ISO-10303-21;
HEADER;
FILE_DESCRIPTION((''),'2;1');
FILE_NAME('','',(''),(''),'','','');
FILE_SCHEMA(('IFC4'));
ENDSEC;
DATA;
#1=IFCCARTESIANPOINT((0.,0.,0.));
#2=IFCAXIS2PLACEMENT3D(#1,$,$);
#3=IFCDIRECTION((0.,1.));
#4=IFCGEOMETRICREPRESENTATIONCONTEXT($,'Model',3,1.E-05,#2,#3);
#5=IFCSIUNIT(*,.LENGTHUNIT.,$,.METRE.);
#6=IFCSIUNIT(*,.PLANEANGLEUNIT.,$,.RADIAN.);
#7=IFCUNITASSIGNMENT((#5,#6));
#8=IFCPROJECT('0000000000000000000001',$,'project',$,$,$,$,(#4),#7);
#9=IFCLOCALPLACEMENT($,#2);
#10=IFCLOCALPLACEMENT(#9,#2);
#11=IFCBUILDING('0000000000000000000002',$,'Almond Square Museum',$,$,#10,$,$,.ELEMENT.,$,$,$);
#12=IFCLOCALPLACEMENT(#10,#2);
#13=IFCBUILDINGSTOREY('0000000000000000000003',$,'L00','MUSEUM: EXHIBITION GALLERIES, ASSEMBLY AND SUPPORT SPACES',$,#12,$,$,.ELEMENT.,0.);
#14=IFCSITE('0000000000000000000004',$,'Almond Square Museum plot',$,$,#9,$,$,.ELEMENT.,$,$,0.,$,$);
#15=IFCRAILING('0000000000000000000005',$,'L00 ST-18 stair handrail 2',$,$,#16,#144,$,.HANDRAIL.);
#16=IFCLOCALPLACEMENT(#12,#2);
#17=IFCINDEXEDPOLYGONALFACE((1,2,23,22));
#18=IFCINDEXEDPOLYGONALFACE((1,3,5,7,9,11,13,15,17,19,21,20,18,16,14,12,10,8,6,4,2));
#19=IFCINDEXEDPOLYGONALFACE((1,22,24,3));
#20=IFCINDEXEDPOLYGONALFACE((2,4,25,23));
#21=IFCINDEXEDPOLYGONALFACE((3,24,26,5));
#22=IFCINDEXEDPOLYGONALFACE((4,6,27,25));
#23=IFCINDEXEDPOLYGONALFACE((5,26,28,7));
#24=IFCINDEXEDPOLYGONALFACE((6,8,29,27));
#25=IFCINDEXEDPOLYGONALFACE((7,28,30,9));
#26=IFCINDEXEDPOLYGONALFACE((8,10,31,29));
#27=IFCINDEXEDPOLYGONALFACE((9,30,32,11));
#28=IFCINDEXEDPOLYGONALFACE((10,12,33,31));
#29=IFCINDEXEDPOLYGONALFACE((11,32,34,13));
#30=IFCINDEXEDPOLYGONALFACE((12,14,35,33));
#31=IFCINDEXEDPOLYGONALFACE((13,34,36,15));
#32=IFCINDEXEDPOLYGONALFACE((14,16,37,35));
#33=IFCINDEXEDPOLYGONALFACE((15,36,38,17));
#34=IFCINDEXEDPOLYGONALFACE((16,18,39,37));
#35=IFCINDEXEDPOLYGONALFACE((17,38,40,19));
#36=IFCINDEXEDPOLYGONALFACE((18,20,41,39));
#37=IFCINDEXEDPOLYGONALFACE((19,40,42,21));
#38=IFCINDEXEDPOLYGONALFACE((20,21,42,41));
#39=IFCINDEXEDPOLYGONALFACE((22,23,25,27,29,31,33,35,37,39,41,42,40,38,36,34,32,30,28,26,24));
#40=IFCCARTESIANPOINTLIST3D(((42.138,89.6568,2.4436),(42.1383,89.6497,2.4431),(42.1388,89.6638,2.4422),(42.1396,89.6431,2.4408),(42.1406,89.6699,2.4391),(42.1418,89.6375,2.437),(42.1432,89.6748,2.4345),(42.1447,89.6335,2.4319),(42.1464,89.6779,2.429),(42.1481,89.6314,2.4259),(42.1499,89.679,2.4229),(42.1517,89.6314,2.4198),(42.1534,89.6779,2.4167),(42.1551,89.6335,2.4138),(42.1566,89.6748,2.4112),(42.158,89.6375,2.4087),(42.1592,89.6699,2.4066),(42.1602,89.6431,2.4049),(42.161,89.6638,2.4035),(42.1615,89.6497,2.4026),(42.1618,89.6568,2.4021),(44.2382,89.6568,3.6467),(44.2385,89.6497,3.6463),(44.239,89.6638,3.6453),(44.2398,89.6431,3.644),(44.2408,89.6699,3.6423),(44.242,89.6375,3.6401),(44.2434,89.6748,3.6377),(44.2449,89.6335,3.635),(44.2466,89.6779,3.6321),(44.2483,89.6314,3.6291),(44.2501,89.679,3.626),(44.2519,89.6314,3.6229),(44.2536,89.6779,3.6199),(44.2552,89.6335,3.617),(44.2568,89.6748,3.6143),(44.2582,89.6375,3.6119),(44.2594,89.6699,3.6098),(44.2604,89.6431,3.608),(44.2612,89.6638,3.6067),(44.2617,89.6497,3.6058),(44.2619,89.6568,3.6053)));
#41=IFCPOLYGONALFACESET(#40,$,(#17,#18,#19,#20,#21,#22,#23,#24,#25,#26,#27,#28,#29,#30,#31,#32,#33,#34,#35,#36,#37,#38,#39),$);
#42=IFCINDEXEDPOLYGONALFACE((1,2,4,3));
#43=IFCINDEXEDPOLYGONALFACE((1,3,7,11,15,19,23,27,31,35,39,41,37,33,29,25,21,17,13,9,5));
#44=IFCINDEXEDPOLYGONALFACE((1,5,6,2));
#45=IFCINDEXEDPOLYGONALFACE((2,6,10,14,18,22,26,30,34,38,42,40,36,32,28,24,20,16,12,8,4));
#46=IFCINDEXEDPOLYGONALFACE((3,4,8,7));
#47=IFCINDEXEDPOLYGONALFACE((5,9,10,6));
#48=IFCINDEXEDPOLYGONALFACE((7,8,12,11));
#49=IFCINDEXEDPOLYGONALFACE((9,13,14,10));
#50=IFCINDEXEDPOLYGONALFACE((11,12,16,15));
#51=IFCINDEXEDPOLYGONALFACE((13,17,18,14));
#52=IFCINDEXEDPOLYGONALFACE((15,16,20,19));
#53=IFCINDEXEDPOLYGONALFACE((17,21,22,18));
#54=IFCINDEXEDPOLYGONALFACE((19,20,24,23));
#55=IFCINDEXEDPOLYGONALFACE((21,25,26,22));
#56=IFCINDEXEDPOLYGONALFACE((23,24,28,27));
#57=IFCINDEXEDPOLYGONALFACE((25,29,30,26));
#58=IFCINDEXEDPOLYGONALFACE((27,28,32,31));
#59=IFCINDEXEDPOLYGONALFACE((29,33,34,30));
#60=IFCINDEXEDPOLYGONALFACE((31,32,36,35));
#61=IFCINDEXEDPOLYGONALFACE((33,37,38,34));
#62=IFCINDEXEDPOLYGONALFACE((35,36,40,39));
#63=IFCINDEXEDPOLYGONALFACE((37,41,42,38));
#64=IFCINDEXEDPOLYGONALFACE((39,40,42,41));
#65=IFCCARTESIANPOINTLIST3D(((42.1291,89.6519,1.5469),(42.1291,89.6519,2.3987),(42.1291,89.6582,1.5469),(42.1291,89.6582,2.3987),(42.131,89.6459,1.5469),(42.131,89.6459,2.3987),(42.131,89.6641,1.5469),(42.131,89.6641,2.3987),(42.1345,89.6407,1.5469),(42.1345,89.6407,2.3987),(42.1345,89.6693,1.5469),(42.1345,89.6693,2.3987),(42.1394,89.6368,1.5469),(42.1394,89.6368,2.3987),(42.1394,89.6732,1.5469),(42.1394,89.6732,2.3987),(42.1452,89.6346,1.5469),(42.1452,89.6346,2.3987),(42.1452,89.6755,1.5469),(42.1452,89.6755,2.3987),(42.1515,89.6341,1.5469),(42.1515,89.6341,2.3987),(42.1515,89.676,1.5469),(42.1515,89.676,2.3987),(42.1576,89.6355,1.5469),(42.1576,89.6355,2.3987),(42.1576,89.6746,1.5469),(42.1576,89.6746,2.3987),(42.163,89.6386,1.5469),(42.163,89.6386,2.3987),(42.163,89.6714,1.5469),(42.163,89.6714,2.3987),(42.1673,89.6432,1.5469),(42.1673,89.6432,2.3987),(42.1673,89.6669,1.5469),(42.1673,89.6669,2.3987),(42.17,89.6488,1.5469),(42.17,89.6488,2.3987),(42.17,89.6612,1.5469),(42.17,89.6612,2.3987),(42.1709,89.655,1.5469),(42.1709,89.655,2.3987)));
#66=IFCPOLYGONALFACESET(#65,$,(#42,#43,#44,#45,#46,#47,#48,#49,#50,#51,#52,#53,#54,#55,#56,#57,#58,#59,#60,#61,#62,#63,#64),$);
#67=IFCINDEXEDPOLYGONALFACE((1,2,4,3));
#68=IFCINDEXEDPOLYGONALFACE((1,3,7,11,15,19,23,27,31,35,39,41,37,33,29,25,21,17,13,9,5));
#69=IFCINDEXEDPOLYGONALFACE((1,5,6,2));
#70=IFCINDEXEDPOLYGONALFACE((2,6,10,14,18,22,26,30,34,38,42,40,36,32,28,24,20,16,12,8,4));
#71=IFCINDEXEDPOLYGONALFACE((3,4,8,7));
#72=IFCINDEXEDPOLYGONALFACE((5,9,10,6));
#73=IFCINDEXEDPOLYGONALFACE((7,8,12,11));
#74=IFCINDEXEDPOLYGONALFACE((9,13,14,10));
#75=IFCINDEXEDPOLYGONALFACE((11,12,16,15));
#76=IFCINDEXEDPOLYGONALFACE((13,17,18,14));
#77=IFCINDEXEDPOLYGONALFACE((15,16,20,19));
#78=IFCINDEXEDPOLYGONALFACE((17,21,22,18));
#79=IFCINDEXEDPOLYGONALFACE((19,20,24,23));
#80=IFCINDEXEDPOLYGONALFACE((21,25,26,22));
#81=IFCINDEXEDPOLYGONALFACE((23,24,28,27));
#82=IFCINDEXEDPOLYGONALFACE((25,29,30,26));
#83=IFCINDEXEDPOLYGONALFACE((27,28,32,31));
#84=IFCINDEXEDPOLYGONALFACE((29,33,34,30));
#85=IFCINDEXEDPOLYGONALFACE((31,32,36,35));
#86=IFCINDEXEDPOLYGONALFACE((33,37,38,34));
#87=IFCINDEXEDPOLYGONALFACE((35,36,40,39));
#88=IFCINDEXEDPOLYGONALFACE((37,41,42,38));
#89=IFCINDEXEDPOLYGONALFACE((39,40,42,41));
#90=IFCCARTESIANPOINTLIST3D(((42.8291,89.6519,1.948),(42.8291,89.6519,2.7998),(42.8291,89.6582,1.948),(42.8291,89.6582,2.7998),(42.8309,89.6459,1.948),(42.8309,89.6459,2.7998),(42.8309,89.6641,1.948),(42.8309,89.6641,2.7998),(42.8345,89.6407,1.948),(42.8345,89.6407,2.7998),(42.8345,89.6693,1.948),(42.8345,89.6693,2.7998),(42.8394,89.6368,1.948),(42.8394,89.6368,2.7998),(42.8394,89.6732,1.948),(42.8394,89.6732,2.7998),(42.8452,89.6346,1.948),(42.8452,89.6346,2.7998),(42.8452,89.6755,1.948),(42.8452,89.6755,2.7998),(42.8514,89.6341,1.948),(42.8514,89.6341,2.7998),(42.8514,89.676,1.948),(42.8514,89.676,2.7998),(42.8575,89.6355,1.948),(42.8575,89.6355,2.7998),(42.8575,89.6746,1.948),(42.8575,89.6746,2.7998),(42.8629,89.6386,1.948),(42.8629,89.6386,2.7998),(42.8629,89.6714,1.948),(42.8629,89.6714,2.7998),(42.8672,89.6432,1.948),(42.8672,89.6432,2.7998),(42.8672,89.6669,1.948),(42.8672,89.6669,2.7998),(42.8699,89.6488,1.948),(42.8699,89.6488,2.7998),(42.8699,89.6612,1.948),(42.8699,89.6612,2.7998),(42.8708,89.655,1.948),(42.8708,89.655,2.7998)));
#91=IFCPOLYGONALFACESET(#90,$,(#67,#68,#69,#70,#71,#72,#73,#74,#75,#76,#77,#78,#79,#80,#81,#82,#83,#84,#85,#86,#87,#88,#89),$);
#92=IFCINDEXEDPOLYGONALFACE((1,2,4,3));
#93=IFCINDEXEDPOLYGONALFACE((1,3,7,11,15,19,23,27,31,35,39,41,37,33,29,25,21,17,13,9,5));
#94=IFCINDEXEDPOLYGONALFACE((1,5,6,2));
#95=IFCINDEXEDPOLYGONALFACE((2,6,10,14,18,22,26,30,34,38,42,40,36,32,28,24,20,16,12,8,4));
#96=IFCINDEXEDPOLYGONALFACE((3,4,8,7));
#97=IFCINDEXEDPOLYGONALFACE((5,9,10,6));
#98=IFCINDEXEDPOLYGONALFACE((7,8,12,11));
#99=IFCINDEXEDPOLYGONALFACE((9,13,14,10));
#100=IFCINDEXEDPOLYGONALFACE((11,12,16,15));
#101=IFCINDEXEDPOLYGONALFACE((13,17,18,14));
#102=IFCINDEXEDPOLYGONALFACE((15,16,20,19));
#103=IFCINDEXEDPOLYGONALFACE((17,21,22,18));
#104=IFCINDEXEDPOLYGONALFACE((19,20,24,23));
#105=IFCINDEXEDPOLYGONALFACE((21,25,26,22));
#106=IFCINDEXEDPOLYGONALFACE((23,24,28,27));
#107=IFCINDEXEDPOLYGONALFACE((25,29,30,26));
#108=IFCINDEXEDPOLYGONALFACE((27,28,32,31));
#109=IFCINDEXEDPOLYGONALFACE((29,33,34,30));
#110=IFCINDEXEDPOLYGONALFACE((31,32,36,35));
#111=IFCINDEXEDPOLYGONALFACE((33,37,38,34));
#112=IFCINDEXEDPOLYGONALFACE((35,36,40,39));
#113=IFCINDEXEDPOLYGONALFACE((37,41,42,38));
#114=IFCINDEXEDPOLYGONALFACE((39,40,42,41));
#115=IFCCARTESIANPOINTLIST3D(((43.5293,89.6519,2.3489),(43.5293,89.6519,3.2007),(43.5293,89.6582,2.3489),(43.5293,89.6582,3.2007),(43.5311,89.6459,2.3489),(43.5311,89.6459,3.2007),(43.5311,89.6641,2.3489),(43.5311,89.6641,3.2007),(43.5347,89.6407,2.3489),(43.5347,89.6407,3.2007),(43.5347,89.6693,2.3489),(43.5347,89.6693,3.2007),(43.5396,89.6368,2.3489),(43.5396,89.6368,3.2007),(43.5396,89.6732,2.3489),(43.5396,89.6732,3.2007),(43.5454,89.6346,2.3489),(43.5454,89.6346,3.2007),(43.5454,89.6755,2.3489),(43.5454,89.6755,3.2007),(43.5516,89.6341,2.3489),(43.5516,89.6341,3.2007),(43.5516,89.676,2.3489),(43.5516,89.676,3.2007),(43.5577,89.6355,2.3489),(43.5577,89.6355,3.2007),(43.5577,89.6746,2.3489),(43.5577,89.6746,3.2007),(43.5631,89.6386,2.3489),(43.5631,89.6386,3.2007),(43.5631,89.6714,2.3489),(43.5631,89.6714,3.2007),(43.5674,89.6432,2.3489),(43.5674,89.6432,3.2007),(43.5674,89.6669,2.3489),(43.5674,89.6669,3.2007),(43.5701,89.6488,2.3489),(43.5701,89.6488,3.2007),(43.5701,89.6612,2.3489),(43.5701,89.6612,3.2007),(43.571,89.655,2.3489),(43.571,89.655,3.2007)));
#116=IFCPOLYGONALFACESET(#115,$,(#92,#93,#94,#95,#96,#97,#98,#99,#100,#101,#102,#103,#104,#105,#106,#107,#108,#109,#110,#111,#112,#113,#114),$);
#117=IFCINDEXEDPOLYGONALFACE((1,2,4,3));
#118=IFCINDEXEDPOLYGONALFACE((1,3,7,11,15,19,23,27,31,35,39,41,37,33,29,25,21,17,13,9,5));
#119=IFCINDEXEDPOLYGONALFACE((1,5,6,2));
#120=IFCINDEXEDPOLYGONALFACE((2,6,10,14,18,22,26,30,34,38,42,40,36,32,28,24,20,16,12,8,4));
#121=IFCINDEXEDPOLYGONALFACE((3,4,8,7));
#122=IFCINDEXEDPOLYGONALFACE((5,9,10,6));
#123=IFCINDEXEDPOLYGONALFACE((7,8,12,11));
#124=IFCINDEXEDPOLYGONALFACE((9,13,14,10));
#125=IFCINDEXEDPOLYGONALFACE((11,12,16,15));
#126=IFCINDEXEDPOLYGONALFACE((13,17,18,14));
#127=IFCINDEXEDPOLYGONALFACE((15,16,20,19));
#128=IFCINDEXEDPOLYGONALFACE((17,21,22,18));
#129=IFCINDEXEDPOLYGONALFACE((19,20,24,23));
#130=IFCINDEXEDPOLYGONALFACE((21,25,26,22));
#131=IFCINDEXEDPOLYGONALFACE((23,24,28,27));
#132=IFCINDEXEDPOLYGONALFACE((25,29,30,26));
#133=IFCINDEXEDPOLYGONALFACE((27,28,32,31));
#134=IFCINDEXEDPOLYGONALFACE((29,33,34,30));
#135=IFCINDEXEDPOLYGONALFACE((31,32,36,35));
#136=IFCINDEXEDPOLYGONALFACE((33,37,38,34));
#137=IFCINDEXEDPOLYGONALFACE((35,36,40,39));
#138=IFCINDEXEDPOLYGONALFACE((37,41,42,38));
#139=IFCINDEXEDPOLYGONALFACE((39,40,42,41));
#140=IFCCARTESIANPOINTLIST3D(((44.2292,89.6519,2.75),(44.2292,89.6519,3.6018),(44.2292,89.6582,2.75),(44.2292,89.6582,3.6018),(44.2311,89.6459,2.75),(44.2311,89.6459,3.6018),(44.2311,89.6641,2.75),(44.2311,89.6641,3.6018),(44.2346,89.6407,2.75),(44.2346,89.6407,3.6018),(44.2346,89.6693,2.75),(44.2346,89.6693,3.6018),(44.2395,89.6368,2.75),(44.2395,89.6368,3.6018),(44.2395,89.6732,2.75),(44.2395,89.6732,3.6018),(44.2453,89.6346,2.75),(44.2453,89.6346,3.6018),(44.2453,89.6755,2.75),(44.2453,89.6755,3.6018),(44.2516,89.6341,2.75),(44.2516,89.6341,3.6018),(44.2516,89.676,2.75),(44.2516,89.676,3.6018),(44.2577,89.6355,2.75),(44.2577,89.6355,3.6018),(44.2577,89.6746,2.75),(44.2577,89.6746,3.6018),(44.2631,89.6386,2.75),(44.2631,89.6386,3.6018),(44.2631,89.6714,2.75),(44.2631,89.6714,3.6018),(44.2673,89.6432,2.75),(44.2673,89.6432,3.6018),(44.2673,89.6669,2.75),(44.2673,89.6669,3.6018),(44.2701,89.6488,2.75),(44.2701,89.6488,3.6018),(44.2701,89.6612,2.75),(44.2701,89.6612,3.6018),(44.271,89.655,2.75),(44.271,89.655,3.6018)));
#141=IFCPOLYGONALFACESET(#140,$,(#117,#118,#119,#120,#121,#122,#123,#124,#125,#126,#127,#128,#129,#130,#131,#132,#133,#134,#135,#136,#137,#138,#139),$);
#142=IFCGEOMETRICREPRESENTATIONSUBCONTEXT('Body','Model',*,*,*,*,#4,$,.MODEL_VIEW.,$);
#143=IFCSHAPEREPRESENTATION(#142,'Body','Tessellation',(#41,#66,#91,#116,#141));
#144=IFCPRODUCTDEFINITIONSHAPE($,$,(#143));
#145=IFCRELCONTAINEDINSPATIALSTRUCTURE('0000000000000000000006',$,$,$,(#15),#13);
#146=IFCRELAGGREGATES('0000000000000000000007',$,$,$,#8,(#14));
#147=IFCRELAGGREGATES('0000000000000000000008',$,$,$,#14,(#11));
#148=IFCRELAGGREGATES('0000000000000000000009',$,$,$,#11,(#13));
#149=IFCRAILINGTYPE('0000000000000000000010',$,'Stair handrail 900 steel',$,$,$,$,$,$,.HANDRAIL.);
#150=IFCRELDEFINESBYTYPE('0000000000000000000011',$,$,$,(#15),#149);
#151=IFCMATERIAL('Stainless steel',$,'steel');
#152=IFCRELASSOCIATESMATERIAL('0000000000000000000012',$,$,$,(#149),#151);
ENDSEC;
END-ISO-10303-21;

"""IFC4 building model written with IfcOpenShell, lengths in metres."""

from ifc_helpers import new_model, si_unit, direction, frame, origin, origin_2d, place, context, subcontext, project, spatial, circle, extrude, material, type_object, element, save


model = new_model("IFC4")

# Units and contexts
model_context = context("Model", 3, precision=1e-05, world=origin(), true_north=direction((0.0, 1.0)))
body_context = subcontext(model_context, "Body", "Model", "MODEL_VIEW")
ifc_project = project(units=[si_unit("LENGTHUNIT", "METRE"), si_unit("PLANEANGLEUNIT", "RADIAN")], contexts=[model_context])

# Site, building, storey
site_placement = place(None, origin())
site = spatial("IfcSite", under=ifc_project, at=site_placement, Name="Almond Square Museum plot", CompositionType="ELEMENT", RefElevation=0.0)
building_placement = place(site_placement, origin())
building = spatial("IfcBuilding", under=site, at=building_placement, Name="Almond Square Museum", CompositionType="ELEMENT")
storey_placement = place(building_placement, origin())
storey = spatial("IfcBuildingStorey", under=building, at=storey_placement, Name="L00", Description="MUSEUM: EXHIBITION GALLERIES, ASSEMBLY AND SUPPORT SPACES", CompositionType="ELEMENT", Elevation=0.0)

# Railing
ifc_material_1 = material(Name="Stainless steel", Category="steel")
railing_type_1 = type_object("IfcRailingType", Name="Stair handrail 900 steel", PredefinedType="HANDRAIL", material=ifc_material_1)
for number, where, name in (
    (1, (42.1499, 89.655, 1.5469), "L00 ST-18 stair handrail 2"),
):
    element("IfcRailing", number, at=place(storey_placement, frame(where)), inside=storey, type_object=railing_type_1, Name=name, PredefinedType="HANDRAIL", context=body_context, shape_type="SweptSolid", body=[
        extrude(circle(Radius=0.0239, at=origin_2d()), frame((0.0, 0.0, 0.876), z_axis=(0.867696, 0.0, 0.497095), x_axis=(0.0, 1.0, 0.0)), (0.0, 0.0, 1.0), 2.4204),
        extrude(circle(Radius=0.021, at=origin_2d()), origin(), (0.0, 0.0, 1.0), 0.8518),
        extrude(circle(Radius=0.021, at=origin_2d()), frame((0.7, 0.0, 0.4011)), (0.0, 0.0, 1.0), 0.8518),
        extrude(circle(Radius=0.021, at=origin_2d()), frame((1.4001, 0.0, 0.802)), (0.0, 0.0, 1.0), 0.8518),
        extrude(circle(Radius=0.021, at=origin_2d()), frame((2.1001, 0.0, 1.2031)), (0.0, 0.0, 1.0), 0.8518),
    ])

save(model, "model.ifc")
